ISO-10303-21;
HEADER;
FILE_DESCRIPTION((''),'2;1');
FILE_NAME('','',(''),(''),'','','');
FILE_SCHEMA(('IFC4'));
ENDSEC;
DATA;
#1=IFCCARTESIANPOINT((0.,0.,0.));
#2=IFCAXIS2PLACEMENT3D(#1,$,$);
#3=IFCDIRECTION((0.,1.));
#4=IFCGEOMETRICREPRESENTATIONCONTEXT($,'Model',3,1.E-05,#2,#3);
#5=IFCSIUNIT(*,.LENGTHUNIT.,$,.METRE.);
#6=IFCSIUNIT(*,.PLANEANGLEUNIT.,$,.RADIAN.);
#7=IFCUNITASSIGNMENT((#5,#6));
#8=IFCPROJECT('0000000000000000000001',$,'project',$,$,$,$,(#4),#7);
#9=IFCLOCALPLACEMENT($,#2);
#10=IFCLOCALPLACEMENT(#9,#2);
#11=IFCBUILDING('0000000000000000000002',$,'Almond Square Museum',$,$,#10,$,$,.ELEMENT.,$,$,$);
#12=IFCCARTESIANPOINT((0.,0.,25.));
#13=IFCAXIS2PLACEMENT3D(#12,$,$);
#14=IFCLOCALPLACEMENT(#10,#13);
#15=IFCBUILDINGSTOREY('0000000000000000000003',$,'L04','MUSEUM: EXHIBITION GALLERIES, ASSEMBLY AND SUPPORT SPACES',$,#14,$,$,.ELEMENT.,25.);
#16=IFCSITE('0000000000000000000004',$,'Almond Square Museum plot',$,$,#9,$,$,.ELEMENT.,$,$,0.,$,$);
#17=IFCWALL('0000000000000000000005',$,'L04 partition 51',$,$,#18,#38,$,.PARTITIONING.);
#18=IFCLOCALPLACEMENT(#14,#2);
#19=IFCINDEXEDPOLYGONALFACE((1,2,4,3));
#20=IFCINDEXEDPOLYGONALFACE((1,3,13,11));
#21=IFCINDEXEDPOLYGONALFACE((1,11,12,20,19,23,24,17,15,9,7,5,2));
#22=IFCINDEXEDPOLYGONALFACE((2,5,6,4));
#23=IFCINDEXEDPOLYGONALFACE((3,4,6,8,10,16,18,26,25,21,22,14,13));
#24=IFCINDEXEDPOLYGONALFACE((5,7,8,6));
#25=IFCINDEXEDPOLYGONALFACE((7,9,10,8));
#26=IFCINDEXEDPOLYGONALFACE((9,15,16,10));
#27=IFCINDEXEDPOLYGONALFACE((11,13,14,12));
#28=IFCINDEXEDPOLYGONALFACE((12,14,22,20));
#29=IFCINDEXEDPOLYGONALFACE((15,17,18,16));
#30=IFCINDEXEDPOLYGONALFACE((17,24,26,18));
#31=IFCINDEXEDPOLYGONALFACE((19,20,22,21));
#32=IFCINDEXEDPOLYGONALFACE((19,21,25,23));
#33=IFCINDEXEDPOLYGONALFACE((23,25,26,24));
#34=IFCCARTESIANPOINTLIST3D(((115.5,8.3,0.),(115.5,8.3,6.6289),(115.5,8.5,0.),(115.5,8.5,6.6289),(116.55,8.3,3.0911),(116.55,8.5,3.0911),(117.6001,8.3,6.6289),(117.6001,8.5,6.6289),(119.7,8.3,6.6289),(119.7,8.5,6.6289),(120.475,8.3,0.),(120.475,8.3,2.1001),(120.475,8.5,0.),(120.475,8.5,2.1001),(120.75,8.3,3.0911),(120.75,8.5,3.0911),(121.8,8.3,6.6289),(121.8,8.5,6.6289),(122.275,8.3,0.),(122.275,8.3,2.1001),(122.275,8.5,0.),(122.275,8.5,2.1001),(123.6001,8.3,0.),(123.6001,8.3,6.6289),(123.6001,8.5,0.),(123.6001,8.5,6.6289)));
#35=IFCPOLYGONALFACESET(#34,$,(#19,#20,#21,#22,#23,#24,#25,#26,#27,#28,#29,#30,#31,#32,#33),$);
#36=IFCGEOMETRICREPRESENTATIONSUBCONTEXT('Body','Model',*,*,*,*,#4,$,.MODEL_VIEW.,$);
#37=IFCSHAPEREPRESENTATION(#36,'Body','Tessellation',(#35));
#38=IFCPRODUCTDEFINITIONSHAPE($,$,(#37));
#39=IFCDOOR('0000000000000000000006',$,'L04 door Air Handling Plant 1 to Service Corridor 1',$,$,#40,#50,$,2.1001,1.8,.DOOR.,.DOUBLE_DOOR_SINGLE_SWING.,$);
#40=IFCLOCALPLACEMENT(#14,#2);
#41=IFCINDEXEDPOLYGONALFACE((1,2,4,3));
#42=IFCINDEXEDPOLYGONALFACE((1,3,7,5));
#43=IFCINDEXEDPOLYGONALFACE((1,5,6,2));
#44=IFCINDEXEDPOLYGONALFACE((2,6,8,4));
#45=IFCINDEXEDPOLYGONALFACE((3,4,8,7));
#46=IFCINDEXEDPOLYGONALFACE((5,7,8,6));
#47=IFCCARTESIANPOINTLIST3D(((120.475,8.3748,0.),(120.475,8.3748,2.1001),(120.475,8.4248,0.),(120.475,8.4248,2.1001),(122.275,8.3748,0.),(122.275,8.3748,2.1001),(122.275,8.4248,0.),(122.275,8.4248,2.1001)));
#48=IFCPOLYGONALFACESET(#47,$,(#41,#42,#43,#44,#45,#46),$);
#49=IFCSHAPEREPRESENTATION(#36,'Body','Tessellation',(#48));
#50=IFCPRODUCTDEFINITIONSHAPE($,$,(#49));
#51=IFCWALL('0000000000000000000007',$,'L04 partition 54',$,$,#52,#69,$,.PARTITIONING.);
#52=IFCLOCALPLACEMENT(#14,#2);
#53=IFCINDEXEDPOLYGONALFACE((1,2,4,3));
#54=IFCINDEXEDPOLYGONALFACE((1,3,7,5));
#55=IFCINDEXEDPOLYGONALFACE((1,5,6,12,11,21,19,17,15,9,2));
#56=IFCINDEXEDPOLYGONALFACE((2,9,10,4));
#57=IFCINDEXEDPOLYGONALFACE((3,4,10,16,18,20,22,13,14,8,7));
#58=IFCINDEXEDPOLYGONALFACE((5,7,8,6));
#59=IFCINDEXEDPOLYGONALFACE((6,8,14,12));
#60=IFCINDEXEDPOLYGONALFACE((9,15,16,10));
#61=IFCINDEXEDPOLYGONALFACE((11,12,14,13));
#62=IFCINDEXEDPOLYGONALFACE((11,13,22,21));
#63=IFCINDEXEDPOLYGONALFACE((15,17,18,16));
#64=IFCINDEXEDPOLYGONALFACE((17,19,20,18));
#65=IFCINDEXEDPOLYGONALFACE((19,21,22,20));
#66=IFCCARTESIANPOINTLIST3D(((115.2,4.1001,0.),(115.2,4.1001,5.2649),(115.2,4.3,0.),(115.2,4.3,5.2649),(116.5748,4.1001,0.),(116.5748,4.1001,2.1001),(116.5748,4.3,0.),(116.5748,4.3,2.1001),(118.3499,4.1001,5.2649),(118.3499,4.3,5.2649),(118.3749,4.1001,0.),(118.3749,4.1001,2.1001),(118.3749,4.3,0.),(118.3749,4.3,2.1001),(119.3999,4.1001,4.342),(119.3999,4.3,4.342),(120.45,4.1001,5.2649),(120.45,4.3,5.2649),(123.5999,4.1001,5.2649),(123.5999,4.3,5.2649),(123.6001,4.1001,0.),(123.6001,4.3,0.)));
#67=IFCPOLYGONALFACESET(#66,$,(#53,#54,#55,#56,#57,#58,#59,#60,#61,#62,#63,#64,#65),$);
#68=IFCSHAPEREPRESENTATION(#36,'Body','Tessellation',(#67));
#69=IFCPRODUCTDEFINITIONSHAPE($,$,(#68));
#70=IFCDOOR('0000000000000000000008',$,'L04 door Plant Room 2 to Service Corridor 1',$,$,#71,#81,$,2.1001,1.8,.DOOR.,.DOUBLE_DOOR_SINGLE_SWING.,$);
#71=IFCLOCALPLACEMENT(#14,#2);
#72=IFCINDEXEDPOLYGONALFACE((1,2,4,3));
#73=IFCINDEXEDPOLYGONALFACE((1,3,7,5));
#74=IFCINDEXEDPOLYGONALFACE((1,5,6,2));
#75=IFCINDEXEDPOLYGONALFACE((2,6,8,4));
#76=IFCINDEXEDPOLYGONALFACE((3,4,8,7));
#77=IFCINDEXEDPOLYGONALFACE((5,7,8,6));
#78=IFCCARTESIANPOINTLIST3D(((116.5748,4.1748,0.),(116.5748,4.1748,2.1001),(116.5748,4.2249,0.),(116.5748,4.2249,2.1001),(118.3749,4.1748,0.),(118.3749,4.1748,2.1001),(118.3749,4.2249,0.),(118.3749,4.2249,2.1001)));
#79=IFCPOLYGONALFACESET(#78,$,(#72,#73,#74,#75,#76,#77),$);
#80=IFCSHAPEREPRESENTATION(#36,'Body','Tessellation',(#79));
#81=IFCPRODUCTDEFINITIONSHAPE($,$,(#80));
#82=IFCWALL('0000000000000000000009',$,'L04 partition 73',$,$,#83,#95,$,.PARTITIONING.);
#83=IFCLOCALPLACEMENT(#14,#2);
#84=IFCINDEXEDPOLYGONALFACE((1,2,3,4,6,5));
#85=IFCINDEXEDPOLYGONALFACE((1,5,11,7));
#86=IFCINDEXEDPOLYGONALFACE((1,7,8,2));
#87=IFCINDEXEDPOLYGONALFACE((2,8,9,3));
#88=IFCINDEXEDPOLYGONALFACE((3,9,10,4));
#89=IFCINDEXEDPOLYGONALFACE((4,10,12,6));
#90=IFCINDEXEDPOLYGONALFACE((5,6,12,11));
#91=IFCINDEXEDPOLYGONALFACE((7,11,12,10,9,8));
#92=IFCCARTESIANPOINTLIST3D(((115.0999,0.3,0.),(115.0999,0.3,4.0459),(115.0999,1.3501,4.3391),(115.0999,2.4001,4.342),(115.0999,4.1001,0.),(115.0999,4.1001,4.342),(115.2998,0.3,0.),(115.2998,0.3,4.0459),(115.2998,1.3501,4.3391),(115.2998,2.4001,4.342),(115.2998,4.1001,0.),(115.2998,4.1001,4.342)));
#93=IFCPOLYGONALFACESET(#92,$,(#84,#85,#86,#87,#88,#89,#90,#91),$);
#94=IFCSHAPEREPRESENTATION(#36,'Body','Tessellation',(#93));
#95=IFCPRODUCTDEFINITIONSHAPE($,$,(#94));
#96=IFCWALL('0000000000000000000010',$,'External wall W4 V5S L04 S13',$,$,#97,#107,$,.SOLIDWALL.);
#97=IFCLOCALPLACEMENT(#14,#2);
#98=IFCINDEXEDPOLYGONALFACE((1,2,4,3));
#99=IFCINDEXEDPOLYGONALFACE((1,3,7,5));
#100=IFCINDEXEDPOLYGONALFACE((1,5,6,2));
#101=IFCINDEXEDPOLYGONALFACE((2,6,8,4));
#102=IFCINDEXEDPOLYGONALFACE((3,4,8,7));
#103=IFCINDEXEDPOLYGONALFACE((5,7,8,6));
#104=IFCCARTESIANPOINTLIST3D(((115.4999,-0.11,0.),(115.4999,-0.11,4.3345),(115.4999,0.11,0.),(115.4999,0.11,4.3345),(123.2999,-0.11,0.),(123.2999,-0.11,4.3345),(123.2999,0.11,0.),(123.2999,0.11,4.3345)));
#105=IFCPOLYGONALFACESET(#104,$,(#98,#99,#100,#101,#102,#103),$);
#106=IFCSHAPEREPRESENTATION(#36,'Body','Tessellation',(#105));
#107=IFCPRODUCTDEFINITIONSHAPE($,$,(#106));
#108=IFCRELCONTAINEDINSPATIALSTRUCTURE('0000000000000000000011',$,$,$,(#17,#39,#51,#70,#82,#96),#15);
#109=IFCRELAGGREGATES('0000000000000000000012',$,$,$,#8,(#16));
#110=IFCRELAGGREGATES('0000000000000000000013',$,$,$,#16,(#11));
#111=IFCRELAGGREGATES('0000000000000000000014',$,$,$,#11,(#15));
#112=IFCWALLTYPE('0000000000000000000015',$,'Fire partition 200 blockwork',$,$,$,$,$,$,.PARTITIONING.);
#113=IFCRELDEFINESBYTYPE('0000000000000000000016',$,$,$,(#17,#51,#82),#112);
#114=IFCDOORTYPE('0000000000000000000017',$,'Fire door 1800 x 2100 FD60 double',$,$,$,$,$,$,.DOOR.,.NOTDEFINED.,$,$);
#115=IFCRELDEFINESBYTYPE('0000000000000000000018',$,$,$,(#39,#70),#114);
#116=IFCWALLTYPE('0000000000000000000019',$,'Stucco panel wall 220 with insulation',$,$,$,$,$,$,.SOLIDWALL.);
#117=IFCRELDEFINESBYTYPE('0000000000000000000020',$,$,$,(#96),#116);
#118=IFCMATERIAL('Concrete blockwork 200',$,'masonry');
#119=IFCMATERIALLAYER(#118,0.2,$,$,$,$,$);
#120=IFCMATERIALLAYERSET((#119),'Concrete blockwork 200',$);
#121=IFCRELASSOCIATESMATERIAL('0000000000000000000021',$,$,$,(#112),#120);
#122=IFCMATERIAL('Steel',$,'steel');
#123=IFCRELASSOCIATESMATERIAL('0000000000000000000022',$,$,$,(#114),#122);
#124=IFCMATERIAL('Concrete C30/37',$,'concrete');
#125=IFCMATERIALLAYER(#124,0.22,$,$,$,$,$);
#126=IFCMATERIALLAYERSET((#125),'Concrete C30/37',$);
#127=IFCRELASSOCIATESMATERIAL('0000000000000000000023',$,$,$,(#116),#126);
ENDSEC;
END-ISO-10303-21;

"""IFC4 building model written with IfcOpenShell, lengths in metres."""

from ifc_helpers import new_model, si_unit, direction, frame, frame_2d, origin, place, context, subcontext, project, spatial, polyline, rectangle, outline, extrude, material, layer, layer_set, type_object, element, fill, save


model = new_model("IFC4")

# Units and contexts
model_context = context("Model", 3, precision=1e-05, world=origin(), true_north=direction((0.0, 1.0)))
body_context = subcontext(model_context, "Body", "Model", "MODEL_VIEW")
ifc_project = project(units=[si_unit("LENGTHUNIT", "METRE"), si_unit("PLANEANGLEUNIT", "RADIAN")], contexts=[model_context])

# Site, building, storey
site_placement = place(None, origin())
site = spatial("IfcSite", under=ifc_project, at=site_placement, Name="Almond Square Museum plot", CompositionType="ELEMENT", RefElevation=0.0)
building_placement = place(site_placement, origin())
building = spatial("IfcBuilding", under=site, at=building_placement, Name="Almond Square Museum", CompositionType="ELEMENT")
storey_placement = place(building_placement, frame((0.0, 0.0, 25.0)))
storey = spatial("IfcBuildingStorey", under=building, at=storey_placement, Name="L04", Description="MUSEUM: EXHIBITION GALLERIES, ASSEMBLY AND SUPPORT SPACES", CompositionType="ELEMENT", Elevation=25.0)

# Walls, openings, doors
ifc_material_1 = material(Name="Concrete blockwork 200", Category="masonry")
ifc_layer_1 = layer(ifc_material_1, 0.2)
ifc_layer_set_1 = layer_set([ifc_layer_1], Name="Concrete blockwork 200")
wall_type_1 = type_object("IfcWallType", Name="Fire partition 200 blockwork", PredefinedType="PARTITIONING", material=ifc_layer_set_1)
wall_1_placement = place(storey_placement, frame((115.5, 8.3999, 0.0), z_axis=(0.0, 0.0, 1.0), x_axis=(1.0, 0.0, 0.0)))
wall_1 = element("IfcWall", 1, at=wall_1_placement, inside=storey, type_object=wall_type_1, Name="L04 partition 51", PredefinedType="PARTITIONING", context=body_context, shape_type="SweptSolid", body=[
    extrude(outline(polyline([(0.0, 0.0), (8.1001, 0.0), (8.1001, 6.6289), (6.3, 6.6289), (5.25, 3.0911), (4.2, 6.6289), (2.1001, 6.6289), (1.05, 3.0911), (0.0, 6.6289), (0.0, 0.0)])), frame((0.0, 0.1001, 0.0), z_axis=(0.0, -1.0, 0.0), x_axis=(1.0, 0.0, 0.0)), (0.0, 0.0, 1.0), 0.2),
])
opening_1_placement = place(wall_1_placement, frame((4.9751, 0.0, 0.0)))
opening_1 = element("IfcOpeningElement", 2, at=opening_1_placement, cuts=wall_1, PredefinedType="OPENING", context=body_context, shape_type="SweptSolid", body=[
    extrude(rectangle(XDim=1.8, YDim=2.1001, at=frame_2d((0.8999, 1.05))), frame((0.0, 0.1099, 0.0), z_axis=(0.0, -1.0, 0.0), x_axis=(1.0, 0.0, 0.0)), (0.0, 0.0, 1.0), 0.22),
])
ifc_material_2 = material(Name="Steel", Category="steel")
door_type = type_object("IfcDoorType", Name="Fire door 1800 x 2100 FD60 double", OperationType="NOTDEFINED", PredefinedType="DOOR", material=ifc_material_2)
door_1_placement = place(opening_1_placement, origin())
door_1 = element("IfcDoor", 3, at=door_1_placement, inside=storey, type_object=door_type, Name="L04 door Air Handling Plant 1 to Service Corridor 1", OperationType="DOUBLE_DOOR_SINGLE_SWING", OverallHeight=2.1001, OverallWidth=1.8, PredefinedType="DOOR", context=body_context, shape_type="SweptSolid", body=[
    extrude(rectangle(XDim=1.8, YDim=2.1001, at=frame_2d((0.8999, 1.05))), frame((0.0, 0.0249, 0.0), z_axis=(0.0, -1.0, 0.0), x_axis=(1.0, 0.0, 0.0)), (0.0, 0.0, 1.0), 0.05),
])
fill(opening_1, door_1)
wall_2_placement = place(storey_placement, frame((115.2, 4.2, 0.0), z_axis=(0.0, 0.0, 1.0), x_axis=(1.0, 0.0, 0.0)))
wall_2 = element("IfcWall", 4, at=wall_2_placement, inside=storey, type_object=wall_type_1, Name="L04 partition 54", PredefinedType="PARTITIONING", context=body_context, shape_type="SweptSolid", body=[
    extrude(outline(polyline([(0.0, 0.0), (8.4001, 0.0), (8.3999, 5.2649), (5.25, 5.2649), (4.2, 4.342), (3.1499, 5.2649), (0.0, 5.2649), (0.0, 0.0)])), frame((0.0, 0.1001, 0.0), z_axis=(0.0, -1.0, 0.0), x_axis=(1.0, 0.0, 0.0)), (0.0, 0.0, 1.0), 0.2),
])
opening_2_placement = place(wall_2_placement, frame((1.375, 0.0, 0.0)))
opening_2 = element("IfcOpeningElement", 5, at=opening_2_placement, cuts=wall_2, PredefinedType="OPENING", context=body_context, shape_type="SweptSolid", body=[
    extrude(rectangle(XDim=1.8, YDim=2.1001, at=frame_2d((0.8999, 1.05))), frame((0.0, 0.1099, 0.0), z_axis=(0.0, -1.0, 0.0), x_axis=(1.0, 0.0, 0.0)), (0.0, 0.0, 1.0), 0.22),
])
door_2_placement = place(opening_2_placement, origin())
door_2 = element("IfcDoor", 6, at=door_2_placement, inside=storey, type_object=door_type, Name="L04 door Plant Room 2 to Service Corridor 1", OperationType="DOUBLE_DOOR_SINGLE_SWING", OverallHeight=2.1001, OverallWidth=1.8, PredefinedType="DOOR", context=body_context, shape_type="SweptSolid", body=[
    extrude(rectangle(XDim=1.8, YDim=2.1001, at=frame_2d((0.8999, 1.05))), frame((0.0, 0.0249, 0.0), z_axis=(0.0, -1.0, 0.0), x_axis=(1.0, 0.0, 0.0)), (0.0, 0.0, 1.0), 0.05),
])
fill(opening_2, door_2)

# Walls
wall_3_placement = place(storey_placement, frame((115.2, 0.3, 0.0), z_axis=(0.0, 0.0, 1.0), x_axis=(0.0, 1.0, 0.0)))
element("IfcWall", 7, at=wall_3_placement, inside=storey, type_object=wall_type_1, Name="L04 partition 73", PredefinedType="PARTITIONING", context=body_context, shape_type="SweptSolid", body=[
    extrude(outline(polyline([(0.0, 0.0), (3.8, 0.0), (3.8, 4.342), (2.1001, 4.342), (1.05, 4.3391), (0.0, 4.0459), (0.0, 0.0)])), frame((0.0, 0.1001, 0.0), z_axis=(0.0, -1.0, 0.0), x_axis=(1.0, 0.0, 0.0)), (0.0, 0.0, 1.0), 0.2),
])
ifc_material_3 = material(Name="Concrete C30/37", Category="concrete")
ifc_layer_2 = layer(ifc_material_3, 0.22)
ifc_layer_set_2 = layer_set([ifc_layer_2], Name="Concrete C30/37")
wall_type_2 = type_object("IfcWallType", Name="Stucco panel wall 220 with insulation", PredefinedType="SOLIDWALL", material=ifc_layer_set_2)
wall_4_placement = place(storey_placement, frame((115.5, 0.0, 0.0), z_axis=(0.0, 0.0, 1.0), x_axis=(1.0, 0.0, 0.0)))
element("IfcWall", 8, at=wall_4_placement, inside=storey, type_object=wall_type_2, Name="External wall W4 V5S L04 S13", PredefinedType="SOLIDWALL", context=body_context, shape_type="SweptSolid", body=[
    extrude(rectangle(XDim=7.8, YDim=0.22, at=frame_2d((3.8999, 0.0))), origin(), (0.0, 0.0, 1.0), 4.3345),
])

save(model, "model.ifc")
